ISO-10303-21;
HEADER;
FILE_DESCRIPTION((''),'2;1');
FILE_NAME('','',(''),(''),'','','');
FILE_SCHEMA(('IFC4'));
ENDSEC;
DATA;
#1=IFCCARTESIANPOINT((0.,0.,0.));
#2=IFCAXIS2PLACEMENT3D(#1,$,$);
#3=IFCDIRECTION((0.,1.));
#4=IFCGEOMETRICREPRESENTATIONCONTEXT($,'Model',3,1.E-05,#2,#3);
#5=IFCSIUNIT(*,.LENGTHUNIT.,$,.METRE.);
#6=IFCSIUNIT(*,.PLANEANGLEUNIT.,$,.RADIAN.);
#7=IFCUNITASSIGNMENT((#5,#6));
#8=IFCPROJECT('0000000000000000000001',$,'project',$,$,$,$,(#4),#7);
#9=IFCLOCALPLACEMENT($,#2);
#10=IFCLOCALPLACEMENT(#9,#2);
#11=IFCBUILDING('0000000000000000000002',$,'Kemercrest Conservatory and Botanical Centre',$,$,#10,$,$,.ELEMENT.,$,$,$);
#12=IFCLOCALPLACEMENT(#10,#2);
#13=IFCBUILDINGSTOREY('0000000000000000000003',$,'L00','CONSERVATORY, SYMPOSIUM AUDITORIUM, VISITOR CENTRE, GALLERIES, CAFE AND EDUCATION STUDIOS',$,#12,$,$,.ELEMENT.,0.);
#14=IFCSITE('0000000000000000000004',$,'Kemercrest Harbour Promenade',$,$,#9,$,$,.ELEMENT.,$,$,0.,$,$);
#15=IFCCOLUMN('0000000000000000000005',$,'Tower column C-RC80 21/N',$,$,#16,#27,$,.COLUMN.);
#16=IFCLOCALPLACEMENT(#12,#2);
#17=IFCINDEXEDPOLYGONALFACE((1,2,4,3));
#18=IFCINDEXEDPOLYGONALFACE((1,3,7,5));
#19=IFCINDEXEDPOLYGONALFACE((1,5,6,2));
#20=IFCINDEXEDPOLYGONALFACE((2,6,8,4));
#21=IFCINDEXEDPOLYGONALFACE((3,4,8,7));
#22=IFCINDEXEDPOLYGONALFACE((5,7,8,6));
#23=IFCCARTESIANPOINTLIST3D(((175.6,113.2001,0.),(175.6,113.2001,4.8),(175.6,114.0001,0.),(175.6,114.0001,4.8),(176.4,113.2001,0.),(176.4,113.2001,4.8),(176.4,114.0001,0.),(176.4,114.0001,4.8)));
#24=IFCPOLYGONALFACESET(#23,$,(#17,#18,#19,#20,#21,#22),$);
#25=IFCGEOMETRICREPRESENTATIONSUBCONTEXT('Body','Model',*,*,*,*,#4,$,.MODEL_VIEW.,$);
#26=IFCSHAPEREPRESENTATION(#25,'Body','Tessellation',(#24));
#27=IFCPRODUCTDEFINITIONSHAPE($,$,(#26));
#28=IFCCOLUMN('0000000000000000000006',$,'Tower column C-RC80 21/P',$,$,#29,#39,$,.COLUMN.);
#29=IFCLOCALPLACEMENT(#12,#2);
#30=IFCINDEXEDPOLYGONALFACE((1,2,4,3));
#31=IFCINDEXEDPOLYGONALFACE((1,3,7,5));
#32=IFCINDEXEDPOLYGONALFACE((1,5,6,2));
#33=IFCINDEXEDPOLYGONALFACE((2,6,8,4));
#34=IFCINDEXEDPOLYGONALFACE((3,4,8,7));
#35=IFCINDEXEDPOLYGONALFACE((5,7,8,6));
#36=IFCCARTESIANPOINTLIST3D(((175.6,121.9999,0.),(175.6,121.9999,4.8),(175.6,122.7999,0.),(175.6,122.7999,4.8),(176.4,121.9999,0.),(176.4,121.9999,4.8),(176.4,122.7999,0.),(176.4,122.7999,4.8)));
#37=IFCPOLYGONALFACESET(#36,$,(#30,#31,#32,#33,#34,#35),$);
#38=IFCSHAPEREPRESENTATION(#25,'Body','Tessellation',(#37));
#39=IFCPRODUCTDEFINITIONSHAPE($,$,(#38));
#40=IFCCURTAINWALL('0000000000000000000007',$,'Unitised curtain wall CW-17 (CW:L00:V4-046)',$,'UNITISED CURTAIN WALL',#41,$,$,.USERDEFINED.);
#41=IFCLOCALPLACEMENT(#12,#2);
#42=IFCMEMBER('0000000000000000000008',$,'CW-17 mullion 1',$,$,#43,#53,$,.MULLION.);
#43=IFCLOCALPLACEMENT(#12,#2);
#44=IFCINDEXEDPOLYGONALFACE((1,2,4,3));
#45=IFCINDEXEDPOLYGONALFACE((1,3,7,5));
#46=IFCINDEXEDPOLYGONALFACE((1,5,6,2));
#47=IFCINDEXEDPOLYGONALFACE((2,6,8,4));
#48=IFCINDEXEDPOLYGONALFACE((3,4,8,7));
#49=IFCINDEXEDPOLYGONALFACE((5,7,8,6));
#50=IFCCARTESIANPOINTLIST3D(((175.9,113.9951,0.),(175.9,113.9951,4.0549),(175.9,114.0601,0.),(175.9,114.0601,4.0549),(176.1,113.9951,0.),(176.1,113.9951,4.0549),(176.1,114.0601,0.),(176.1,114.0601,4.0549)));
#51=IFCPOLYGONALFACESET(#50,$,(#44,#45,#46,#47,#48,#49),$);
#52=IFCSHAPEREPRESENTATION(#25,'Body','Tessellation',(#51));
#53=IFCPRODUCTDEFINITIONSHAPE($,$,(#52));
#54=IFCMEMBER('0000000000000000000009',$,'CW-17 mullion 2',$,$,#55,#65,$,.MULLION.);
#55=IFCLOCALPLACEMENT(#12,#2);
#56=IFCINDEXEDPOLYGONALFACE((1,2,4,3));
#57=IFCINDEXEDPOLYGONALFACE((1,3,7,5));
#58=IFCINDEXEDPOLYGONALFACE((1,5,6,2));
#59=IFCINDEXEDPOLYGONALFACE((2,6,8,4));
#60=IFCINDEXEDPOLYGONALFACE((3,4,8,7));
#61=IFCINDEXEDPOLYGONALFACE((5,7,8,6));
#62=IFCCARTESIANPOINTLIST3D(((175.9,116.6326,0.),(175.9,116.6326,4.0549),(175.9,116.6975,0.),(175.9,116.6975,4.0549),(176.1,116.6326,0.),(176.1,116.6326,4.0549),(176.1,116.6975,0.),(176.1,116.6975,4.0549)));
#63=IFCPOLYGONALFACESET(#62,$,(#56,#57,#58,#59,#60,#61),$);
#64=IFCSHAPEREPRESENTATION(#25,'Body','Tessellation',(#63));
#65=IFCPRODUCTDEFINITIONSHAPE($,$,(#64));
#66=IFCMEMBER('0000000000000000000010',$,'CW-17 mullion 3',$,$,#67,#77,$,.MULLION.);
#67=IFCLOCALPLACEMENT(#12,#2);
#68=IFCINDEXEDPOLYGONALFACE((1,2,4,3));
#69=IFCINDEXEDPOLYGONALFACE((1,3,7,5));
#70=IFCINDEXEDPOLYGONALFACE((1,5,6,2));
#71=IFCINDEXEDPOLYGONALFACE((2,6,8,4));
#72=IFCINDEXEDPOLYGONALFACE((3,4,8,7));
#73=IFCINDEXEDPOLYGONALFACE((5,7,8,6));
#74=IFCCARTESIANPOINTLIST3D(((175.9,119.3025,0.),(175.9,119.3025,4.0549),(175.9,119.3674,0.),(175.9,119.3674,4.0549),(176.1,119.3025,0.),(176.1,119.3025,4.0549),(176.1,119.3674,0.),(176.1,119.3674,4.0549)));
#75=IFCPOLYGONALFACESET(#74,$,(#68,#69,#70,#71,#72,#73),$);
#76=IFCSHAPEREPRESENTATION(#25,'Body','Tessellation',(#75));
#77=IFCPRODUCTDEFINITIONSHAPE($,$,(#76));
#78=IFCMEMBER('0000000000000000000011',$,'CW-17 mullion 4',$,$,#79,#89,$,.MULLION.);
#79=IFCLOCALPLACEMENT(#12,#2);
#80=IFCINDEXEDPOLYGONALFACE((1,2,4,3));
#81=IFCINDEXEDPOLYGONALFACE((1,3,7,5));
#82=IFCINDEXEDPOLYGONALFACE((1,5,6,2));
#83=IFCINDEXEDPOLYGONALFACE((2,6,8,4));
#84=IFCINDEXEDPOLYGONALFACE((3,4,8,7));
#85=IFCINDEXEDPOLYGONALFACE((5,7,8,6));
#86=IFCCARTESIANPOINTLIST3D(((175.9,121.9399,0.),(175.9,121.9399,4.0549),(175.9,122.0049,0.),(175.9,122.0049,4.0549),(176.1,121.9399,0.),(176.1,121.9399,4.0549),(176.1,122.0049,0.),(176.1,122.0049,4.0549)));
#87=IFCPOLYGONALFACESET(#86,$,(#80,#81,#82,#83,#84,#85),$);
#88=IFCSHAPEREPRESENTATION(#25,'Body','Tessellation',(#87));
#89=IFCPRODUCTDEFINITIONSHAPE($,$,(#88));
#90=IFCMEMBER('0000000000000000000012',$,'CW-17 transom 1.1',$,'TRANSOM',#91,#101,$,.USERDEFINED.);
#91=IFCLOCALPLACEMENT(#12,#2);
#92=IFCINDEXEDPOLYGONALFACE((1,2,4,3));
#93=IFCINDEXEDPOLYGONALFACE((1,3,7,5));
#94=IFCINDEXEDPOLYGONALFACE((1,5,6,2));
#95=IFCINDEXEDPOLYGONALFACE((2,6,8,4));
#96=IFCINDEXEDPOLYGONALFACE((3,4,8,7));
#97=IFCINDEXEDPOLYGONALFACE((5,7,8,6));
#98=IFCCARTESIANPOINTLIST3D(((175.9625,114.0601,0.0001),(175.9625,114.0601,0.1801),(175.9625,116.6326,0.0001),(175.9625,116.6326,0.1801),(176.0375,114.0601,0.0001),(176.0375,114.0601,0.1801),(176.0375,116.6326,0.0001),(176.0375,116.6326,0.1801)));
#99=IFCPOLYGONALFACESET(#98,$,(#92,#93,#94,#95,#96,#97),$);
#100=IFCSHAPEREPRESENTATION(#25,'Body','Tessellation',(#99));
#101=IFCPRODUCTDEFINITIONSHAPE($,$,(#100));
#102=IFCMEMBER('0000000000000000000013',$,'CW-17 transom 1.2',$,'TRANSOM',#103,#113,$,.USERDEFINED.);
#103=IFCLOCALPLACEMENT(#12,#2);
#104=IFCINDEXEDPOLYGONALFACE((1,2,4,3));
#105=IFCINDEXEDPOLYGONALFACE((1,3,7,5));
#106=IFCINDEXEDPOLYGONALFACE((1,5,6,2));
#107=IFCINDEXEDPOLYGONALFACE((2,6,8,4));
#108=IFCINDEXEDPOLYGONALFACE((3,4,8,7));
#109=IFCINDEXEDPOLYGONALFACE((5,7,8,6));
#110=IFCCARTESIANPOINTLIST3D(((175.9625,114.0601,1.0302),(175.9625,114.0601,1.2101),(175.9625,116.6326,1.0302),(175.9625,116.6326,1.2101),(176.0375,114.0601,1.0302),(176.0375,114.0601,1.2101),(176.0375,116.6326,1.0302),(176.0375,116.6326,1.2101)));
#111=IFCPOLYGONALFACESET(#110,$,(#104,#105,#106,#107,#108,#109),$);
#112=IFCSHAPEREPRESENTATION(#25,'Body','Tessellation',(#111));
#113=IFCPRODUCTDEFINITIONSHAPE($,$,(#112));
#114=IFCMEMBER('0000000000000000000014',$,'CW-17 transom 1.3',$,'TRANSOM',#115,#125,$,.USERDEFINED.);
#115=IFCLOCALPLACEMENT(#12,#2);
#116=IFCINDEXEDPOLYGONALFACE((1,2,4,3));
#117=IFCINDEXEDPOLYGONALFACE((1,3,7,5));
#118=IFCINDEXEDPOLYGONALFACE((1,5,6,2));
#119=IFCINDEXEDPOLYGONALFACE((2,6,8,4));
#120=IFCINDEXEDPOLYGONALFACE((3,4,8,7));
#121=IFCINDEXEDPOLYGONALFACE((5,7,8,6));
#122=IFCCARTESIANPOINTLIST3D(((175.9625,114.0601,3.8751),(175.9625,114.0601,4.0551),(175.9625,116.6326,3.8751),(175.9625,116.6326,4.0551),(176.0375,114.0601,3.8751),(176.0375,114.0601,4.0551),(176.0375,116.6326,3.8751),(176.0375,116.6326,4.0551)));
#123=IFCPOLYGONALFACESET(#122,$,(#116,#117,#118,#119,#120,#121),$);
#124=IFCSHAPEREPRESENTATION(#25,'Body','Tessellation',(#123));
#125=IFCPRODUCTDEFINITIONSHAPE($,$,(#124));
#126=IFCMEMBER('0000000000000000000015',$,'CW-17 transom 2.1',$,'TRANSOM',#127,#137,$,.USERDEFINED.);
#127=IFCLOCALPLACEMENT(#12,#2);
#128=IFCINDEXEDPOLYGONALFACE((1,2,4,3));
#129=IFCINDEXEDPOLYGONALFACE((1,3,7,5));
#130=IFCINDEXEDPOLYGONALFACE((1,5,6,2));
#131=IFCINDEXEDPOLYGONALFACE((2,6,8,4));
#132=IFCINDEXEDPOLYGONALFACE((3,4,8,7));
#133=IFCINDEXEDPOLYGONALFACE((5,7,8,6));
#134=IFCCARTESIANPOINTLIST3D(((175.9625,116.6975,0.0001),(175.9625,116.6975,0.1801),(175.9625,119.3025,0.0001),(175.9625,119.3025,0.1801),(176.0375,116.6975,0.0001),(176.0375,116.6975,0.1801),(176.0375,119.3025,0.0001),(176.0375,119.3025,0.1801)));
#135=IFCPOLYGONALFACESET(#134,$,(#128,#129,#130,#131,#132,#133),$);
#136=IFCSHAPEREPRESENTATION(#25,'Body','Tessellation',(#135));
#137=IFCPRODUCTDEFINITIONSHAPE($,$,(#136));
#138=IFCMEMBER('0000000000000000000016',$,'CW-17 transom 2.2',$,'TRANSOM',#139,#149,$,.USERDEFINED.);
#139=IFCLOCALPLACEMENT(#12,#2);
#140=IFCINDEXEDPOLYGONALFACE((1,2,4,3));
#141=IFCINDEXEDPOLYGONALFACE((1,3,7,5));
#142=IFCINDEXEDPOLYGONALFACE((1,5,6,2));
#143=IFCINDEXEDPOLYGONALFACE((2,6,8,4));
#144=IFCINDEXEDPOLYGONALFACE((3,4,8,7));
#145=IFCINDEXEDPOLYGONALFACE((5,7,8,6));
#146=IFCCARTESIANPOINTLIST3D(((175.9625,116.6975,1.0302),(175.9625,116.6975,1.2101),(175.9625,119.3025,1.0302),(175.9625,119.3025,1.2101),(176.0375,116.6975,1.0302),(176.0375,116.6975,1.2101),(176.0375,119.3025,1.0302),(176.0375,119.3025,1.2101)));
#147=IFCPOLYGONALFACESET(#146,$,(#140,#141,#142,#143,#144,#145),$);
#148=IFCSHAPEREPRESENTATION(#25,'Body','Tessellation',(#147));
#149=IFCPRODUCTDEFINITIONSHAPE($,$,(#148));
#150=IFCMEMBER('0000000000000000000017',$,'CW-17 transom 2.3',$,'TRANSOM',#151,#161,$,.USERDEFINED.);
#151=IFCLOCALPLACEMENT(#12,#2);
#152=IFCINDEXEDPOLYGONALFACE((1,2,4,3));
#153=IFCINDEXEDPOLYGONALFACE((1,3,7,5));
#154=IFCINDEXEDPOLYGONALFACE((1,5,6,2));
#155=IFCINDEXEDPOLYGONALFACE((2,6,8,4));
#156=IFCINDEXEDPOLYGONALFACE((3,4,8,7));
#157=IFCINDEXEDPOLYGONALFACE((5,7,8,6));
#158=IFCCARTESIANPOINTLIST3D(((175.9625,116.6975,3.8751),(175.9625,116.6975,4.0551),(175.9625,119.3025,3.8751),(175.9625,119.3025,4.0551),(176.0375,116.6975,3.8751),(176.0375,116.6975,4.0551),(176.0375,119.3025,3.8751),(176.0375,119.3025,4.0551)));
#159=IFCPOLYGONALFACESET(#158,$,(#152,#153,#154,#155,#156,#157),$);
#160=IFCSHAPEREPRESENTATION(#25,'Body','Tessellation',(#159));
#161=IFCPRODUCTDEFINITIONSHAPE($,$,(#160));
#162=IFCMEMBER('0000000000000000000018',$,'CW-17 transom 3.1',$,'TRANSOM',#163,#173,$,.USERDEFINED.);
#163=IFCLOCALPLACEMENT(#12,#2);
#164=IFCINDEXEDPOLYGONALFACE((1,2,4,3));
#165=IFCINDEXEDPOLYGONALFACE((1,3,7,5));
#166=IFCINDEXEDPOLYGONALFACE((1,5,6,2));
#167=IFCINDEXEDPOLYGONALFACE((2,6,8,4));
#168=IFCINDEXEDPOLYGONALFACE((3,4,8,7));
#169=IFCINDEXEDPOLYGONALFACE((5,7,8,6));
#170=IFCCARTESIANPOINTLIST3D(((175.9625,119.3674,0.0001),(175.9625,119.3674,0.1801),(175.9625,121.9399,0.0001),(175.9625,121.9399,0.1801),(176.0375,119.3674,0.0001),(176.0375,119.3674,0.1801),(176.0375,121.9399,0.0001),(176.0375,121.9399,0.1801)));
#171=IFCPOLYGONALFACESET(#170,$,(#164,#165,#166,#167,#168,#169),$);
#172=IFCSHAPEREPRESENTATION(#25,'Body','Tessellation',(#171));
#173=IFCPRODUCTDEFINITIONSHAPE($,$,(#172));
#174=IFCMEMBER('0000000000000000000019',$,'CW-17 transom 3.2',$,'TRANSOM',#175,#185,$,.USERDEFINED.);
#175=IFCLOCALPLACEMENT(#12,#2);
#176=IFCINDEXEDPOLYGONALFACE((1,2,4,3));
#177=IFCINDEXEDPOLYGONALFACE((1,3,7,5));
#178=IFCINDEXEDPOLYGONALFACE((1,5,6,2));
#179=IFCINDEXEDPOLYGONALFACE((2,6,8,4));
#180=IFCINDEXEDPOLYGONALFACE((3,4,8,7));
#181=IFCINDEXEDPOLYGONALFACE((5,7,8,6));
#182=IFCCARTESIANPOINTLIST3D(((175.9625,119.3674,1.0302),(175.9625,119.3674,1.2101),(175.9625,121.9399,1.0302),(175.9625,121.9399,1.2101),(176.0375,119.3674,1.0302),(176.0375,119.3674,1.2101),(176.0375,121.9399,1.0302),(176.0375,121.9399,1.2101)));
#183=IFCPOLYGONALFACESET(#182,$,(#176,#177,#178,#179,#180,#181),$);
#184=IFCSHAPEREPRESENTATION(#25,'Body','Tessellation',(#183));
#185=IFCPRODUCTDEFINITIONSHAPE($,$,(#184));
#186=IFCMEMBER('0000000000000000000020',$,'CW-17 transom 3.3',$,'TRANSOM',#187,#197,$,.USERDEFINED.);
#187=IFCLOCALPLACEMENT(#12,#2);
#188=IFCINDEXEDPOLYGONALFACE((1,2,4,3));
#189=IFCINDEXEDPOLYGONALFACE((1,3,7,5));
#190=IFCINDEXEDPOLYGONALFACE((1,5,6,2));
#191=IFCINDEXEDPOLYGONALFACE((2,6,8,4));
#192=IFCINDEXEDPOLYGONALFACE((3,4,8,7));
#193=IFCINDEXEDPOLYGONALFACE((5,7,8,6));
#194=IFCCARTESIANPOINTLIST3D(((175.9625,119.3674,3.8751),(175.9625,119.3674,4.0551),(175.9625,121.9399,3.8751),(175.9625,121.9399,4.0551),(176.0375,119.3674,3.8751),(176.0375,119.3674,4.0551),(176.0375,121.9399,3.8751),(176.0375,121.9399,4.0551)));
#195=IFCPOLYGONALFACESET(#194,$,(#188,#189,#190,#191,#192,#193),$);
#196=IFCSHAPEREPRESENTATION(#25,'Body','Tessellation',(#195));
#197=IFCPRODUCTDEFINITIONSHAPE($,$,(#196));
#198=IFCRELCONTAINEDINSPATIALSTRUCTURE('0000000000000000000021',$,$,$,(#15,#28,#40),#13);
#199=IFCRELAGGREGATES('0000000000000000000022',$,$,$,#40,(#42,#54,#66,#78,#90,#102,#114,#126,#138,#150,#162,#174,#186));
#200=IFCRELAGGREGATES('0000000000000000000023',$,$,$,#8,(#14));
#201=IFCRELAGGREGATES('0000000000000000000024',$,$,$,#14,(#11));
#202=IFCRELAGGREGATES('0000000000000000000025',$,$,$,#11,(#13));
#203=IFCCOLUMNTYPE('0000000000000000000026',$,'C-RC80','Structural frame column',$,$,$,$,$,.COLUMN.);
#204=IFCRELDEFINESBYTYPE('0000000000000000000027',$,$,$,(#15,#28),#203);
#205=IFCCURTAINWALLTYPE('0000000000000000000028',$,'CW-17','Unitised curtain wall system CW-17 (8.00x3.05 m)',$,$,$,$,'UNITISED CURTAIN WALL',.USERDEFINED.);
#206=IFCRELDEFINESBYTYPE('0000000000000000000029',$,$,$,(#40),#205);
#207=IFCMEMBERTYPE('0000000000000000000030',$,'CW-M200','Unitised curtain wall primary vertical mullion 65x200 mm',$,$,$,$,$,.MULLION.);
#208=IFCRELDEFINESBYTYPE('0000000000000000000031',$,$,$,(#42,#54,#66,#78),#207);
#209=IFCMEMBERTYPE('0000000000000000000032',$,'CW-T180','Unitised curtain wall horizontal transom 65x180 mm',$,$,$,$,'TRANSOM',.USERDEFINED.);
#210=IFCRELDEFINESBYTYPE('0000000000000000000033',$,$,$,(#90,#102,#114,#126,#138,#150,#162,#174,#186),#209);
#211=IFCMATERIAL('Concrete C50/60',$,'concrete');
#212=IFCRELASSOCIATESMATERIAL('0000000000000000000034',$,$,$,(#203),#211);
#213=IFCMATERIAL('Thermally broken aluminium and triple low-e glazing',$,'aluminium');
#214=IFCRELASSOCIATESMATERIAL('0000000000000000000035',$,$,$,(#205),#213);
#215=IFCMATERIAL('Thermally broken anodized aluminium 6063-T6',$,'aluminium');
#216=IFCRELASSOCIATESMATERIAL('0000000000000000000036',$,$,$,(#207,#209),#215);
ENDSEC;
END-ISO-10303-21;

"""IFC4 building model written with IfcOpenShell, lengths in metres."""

from ifc_helpers import new_model, si_unit, direction, frame, origin, origin_2d, place, context, subcontext, project, spatial, rectangle, extrude, material, material_profile, profile_set, type_object, element, aggregate, save


model = new_model("IFC4")

# Units and contexts
model_context = context("Model", 3, precision=1e-05, world=origin(), true_north=direction((0.0, 1.0)))
body_context = subcontext(model_context, "Body", "Model", "MODEL_VIEW")
ifc_project = project(units=[si_unit("LENGTHUNIT", "METRE"), si_unit("PLANEANGLEUNIT", "RADIAN")], contexts=[model_context])

# Site, building, storey
site_placement = place(None, origin())
site = spatial("IfcSite", under=ifc_project, at=site_placement, Name="Kemercrest Harbour Promenade", CompositionType="ELEMENT", RefElevation=0.0)
building_placement = place(site_placement, origin())
building = spatial("IfcBuilding", under=site, at=building_placement, Name="Kemercrest Conservatory and Botanical Centre", CompositionType="ELEMENT")
storey_placement = place(building_placement, origin())
storey = spatial("IfcBuildingStorey", under=building, at=storey_placement, Name="L00", Description="CONSERVATORY, SYMPOSIUM AUDITORIUM, VISITOR CENTRE, GALLERIES, CAFE AND EDUCATION STUDIOS", CompositionType="ELEMENT", Elevation=0.0)

# Columns
ifc_material_1 = material(Name="Concrete C50/60", Category="concrete")
ifc_material_profile_1 = material_profile(ifc_material_1, rectangle(XDim=0.8, YDim=0.8, at=origin_2d()), Name="RC 800x800")
ifc_profile_set_1 = profile_set([ifc_material_profile_1], Name="Concrete C50/60")
column_type = type_object("IfcColumnType", Name="C-RC80", Description="Structural frame column", PredefinedType="COLUMN", material=ifc_profile_set_1)
for number, where, z_axis, x_axis, name in (
    (1, (176.0, 113.6001, 0.0), (0.0, 0.0, 1.0), (1.0, 0.0, 0.0), "Tower column C-RC80 21/N"),
    (2, (176.0, 122.3999, 0.0), (0.0, 0.0, 1.0), (1.0, 0.0, 0.0), "Tower column C-RC80 21/P"),
):
    element("IfcColumn", number, at=place(storey_placement, frame(where, z_axis=z_axis, x_axis=x_axis)), inside=storey, type_object=column_type, Name=name, PredefinedType="COLUMN", context=body_context, shape_type="SweptSolid", body=[
        extrude(rectangle(XDim=0.8, YDim=0.8, at=origin_2d()), origin(), (0.0, 0.0, 1.0), 4.8),
    ])

# Curtain wall, members
ifc_material_2 = material(Name="Thermally broken aluminium and triple low-e glazing", Category="aluminium")
curtain_wall_type = type_object("IfcCurtainWallType", Name="CW-17", Description="Unitised curtain wall system CW-17 (8.00x3.05 m)", ElementType="UNITISED CURTAIN WALL", PredefinedType="USERDEFINED", material=ifc_material_2)
curtain_wall_placement = place(storey_placement, origin())
curtain_wall = element("IfcCurtainWall", 3, at=curtain_wall_placement, inside=storey, type_object=curtain_wall_type, Name="Unitised curtain wall CW-17 (CW:L00:V4-046)", ObjectType="UNITISED CURTAIN WALL", PredefinedType="USERDEFINED")
ifc_material_3 = material(Name="Thermally broken anodized aluminium 6063-T6", Category="aluminium")
ifc_material_profile_2 = material_profile(ifc_material_3, rectangle(XDim=0.2, YDim=0.0649, at=origin_2d()), Name="AL MULLION 65x200")
ifc_profile_set_2 = profile_set([ifc_material_profile_2], Name="Thermally broken anodized aluminium 6063-T6")
member_type_1 = type_object("IfcMemberType", Name="CW-M200", Description="Unitised curtain wall primary vertical mullion 65x200 mm", PredefinedType="MULLION", material=ifc_profile_set_2)
member_1_placement = place(storey_placement, frame((176.0, 114.0276, 0.0), z_axis=(0.0, 0.0, 1.0), x_axis=(-1.0, 0.0, 0.0)))
member_1 = element("IfcMember", 4, at=member_1_placement, type_object=member_type_1, Name="CW-17 mullion 1", PredefinedType="MULLION", context=body_context, shape_type="SweptSolid", body=[
    extrude(rectangle(XDim=0.2, YDim=0.0649, at=origin_2d()), origin(), (0.0, 0.0, 1.0), 4.0549),
])
member_2_placement = place(storey_placement, frame((176.0, 116.665, 0.0), z_axis=(0.0, 0.0, 1.0), x_axis=(-1.0, 0.0, 0.0)))
member_2 = element("IfcMember", 5, at=member_2_placement, type_object=member_type_1, Name="CW-17 mullion 2", PredefinedType="MULLION", context=body_context, shape_type="SweptSolid", body=[
    extrude(rectangle(XDim=0.2, YDim=0.0649, at=origin_2d()), origin(), (0.0, 0.0, 1.0), 4.0549),
])
member_3_placement = place(storey_placement, frame((176.0, 119.335, 0.0), z_axis=(0.0, 0.0, 1.0), x_axis=(-1.0, 0.0, 0.0)))
member_3 = element("IfcMember", 6, at=member_3_placement, type_object=member_type_1, Name="CW-17 mullion 3", PredefinedType="MULLION", context=body_context, shape_type="SweptSolid", body=[
    extrude(rectangle(XDim=0.2, YDim=0.0649, at=origin_2d()), origin(), (0.0, 0.0, 1.0), 4.0549),
])
member_4_placement = place(storey_placement, frame((176.0, 121.9724, 0.0), z_axis=(0.0, 0.0, 1.0), x_axis=(-1.0, 0.0, 0.0)))
member_4 = element("IfcMember", 7, at=member_4_placement, type_object=member_type_1, Name="CW-17 mullion 4", PredefinedType="MULLION", context=body_context, shape_type="SweptSolid", body=[
    extrude(rectangle(XDim=0.2, YDim=0.0649, at=origin_2d()), origin(), (0.0, 0.0, 1.0), 4.0549),
])
ifc_material_profile_3 = material_profile(ifc_material_3, rectangle(XDim=0.075, YDim=0.1799, at=origin_2d()), Name="AL TRANSOM 75x180")
ifc_profile_set_3 = profile_set([ifc_material_profile_3], Name="Thermally broken anodized aluminium 6063-T6")
member_type_2 = type_object("IfcMemberType", Name="CW-T180", Description="Unitised curtain wall horizontal transom 65x180 mm", ElementType="TRANSOM", PredefinedType="USERDEFINED", material=ifc_profile_set_3)
member_5_placement = place(storey_placement, frame((176.0, 114.0601, 0.0901), z_axis=(0.0, 1.0, 0.0), x_axis=(-1.0, 0.0, 0.0)))
member_5 = element("IfcMember", 8, at=member_5_placement, type_object=member_type_2, Name="CW-17 transom 1.1", ObjectType="TRANSOM", PredefinedType="USERDEFINED", context=body_context, shape_type="SweptSolid", body=[
    extrude(rectangle(XDim=0.075, YDim=0.1799, at=origin_2d()), origin(), (0.0, 0.0, 1.0), 2.5725),
])
member_6_placement = place(storey_placement, frame((176.0, 114.0601, 1.1201), z_axis=(0.0, 1.0, 0.0), x_axis=(-1.0, 0.0, 0.0)))
member_6 = element("IfcMember", 9, at=member_6_placement, type_object=member_type_2, Name="CW-17 transom 1.2", ObjectType="TRANSOM", PredefinedType="USERDEFINED", context=body_context, shape_type="SweptSolid", body=[
    extrude(rectangle(XDim=0.075, YDim=0.1799, at=origin_2d()), origin(), (0.0, 0.0, 1.0), 2.5725),
])
member_7_placement = place(storey_placement, frame((176.0, 114.0601, 3.9651), z_axis=(0.0, 1.0, 0.0), x_axis=(-1.0, 0.0, 0.0)))
member_7 = element("IfcMember", 10, at=member_7_placement, type_object=member_type_2, Name="CW-17 transom 1.3", ObjectType="TRANSOM", PredefinedType="USERDEFINED", context=body_context, shape_type="SweptSolid", body=[
    extrude(rectangle(XDim=0.075, YDim=0.1799, at=origin_2d()), origin(), (0.0, 0.0, 1.0), 2.5725),
])
member_8_placement = place(storey_placement, frame((176.0, 116.6975, 0.0901), z_axis=(0.0, 1.0, 0.0), x_axis=(-1.0, 0.0, 0.0)))
member_8 = element("IfcMember", 11, at=member_8_placement, type_object=member_type_2, Name="CW-17 transom 2.1", ObjectType="TRANSOM", PredefinedType="USERDEFINED", context=body_context, shape_type="SweptSolid", body=[
    extrude(rectangle(XDim=0.075, YDim=0.1799, at=origin_2d()), origin(), (0.0, 0.0, 1.0), 2.605),
])
member_9_placement = place(storey_placement, frame((176.0, 116.6975, 1.1201), z_axis=(0.0, 1.0, 0.0), x_axis=(-1.0, 0.0, 0.0)))
member_9 = element("IfcMember", 12, at=member_9_placement, type_object=member_type_2, Name="CW-17 transom 2.2", ObjectType="TRANSOM", PredefinedType="USERDEFINED", context=body_context, shape_type="SweptSolid", body=[
    extrude(rectangle(XDim=0.075, YDim=0.1799, at=origin_2d()), origin(), (0.0, 0.0, 1.0), 2.605),
])
member_10_placement = place(storey_placement, frame((176.0, 116.6975, 3.9651), z_axis=(0.0, 1.0, 0.0), x_axis=(-1.0, 0.0, 0.0)))
member_10 = element("IfcMember", 13, at=member_10_placement, type_object=member_type_2, Name="CW-17 transom 2.3", ObjectType="TRANSOM", PredefinedType="USERDEFINED", context=body_context, shape_type="SweptSolid", body=[
    extrude(rectangle(XDim=0.075, YDim=0.1799, at=origin_2d()), origin(), (0.0, 0.0, 1.0), 2.605),
])
member_11_placement = place(storey_placement, frame((176.0, 119.3674, 0.0901), z_axis=(0.0, 1.0, 0.0), x_axis=(-1.0, 0.0, 0.0)))
member_11 = element("IfcMember", 14, at=member_11_placement, type_object=member_type_2, Name="CW-17 transom 3.1", ObjectType="TRANSOM", PredefinedType="USERDEFINED", context=body_context, shape_type="SweptSolid", body=[
    extrude(rectangle(XDim=0.075, YDim=0.1799, at=origin_2d()), origin(), (0.0, 0.0, 1.0), 2.5725),
])
member_12_placement = place(storey_placement, frame((176.0, 119.3674, 1.1201), z_axis=(0.0, 1.0, 0.0), x_axis=(-1.0, 0.0, 0.0)))
member_12 = element("IfcMember", 15, at=member_12_placement, type_object=member_type_2, Name="CW-17 transom 3.2", ObjectType="TRANSOM", PredefinedType="USERDEFINED", context=body_context, shape_type="SweptSolid", body=[
    extrude(rectangle(XDim=0.075, YDim=0.1799, at=origin_2d()), origin(), (0.0, 0.0, 1.0), 2.5725),
])
member_13_placement = place(storey_placement, frame((176.0, 119.3674, 3.9651), z_axis=(0.0, 1.0, 0.0), x_axis=(-1.0, 0.0, 0.0)))
member_13 = element("IfcMember", 16, at=member_13_placement, type_object=member_type_2, Name="CW-17 transom 3.3", ObjectType="TRANSOM", PredefinedType="USERDEFINED", context=body_context, shape_type="SweptSolid", body=[
    extrude(rectangle(XDim=0.075, YDim=0.1799, at=origin_2d()), origin(), (0.0, 0.0, 1.0), 2.5725),
])

aggregate(curtain_wall, [member_1, member_2, member_3, member_4, member_5, member_6, member_7, member_8, member_9, member_10, member_11, member_12, member_13])

save(model, "model.ifc")
